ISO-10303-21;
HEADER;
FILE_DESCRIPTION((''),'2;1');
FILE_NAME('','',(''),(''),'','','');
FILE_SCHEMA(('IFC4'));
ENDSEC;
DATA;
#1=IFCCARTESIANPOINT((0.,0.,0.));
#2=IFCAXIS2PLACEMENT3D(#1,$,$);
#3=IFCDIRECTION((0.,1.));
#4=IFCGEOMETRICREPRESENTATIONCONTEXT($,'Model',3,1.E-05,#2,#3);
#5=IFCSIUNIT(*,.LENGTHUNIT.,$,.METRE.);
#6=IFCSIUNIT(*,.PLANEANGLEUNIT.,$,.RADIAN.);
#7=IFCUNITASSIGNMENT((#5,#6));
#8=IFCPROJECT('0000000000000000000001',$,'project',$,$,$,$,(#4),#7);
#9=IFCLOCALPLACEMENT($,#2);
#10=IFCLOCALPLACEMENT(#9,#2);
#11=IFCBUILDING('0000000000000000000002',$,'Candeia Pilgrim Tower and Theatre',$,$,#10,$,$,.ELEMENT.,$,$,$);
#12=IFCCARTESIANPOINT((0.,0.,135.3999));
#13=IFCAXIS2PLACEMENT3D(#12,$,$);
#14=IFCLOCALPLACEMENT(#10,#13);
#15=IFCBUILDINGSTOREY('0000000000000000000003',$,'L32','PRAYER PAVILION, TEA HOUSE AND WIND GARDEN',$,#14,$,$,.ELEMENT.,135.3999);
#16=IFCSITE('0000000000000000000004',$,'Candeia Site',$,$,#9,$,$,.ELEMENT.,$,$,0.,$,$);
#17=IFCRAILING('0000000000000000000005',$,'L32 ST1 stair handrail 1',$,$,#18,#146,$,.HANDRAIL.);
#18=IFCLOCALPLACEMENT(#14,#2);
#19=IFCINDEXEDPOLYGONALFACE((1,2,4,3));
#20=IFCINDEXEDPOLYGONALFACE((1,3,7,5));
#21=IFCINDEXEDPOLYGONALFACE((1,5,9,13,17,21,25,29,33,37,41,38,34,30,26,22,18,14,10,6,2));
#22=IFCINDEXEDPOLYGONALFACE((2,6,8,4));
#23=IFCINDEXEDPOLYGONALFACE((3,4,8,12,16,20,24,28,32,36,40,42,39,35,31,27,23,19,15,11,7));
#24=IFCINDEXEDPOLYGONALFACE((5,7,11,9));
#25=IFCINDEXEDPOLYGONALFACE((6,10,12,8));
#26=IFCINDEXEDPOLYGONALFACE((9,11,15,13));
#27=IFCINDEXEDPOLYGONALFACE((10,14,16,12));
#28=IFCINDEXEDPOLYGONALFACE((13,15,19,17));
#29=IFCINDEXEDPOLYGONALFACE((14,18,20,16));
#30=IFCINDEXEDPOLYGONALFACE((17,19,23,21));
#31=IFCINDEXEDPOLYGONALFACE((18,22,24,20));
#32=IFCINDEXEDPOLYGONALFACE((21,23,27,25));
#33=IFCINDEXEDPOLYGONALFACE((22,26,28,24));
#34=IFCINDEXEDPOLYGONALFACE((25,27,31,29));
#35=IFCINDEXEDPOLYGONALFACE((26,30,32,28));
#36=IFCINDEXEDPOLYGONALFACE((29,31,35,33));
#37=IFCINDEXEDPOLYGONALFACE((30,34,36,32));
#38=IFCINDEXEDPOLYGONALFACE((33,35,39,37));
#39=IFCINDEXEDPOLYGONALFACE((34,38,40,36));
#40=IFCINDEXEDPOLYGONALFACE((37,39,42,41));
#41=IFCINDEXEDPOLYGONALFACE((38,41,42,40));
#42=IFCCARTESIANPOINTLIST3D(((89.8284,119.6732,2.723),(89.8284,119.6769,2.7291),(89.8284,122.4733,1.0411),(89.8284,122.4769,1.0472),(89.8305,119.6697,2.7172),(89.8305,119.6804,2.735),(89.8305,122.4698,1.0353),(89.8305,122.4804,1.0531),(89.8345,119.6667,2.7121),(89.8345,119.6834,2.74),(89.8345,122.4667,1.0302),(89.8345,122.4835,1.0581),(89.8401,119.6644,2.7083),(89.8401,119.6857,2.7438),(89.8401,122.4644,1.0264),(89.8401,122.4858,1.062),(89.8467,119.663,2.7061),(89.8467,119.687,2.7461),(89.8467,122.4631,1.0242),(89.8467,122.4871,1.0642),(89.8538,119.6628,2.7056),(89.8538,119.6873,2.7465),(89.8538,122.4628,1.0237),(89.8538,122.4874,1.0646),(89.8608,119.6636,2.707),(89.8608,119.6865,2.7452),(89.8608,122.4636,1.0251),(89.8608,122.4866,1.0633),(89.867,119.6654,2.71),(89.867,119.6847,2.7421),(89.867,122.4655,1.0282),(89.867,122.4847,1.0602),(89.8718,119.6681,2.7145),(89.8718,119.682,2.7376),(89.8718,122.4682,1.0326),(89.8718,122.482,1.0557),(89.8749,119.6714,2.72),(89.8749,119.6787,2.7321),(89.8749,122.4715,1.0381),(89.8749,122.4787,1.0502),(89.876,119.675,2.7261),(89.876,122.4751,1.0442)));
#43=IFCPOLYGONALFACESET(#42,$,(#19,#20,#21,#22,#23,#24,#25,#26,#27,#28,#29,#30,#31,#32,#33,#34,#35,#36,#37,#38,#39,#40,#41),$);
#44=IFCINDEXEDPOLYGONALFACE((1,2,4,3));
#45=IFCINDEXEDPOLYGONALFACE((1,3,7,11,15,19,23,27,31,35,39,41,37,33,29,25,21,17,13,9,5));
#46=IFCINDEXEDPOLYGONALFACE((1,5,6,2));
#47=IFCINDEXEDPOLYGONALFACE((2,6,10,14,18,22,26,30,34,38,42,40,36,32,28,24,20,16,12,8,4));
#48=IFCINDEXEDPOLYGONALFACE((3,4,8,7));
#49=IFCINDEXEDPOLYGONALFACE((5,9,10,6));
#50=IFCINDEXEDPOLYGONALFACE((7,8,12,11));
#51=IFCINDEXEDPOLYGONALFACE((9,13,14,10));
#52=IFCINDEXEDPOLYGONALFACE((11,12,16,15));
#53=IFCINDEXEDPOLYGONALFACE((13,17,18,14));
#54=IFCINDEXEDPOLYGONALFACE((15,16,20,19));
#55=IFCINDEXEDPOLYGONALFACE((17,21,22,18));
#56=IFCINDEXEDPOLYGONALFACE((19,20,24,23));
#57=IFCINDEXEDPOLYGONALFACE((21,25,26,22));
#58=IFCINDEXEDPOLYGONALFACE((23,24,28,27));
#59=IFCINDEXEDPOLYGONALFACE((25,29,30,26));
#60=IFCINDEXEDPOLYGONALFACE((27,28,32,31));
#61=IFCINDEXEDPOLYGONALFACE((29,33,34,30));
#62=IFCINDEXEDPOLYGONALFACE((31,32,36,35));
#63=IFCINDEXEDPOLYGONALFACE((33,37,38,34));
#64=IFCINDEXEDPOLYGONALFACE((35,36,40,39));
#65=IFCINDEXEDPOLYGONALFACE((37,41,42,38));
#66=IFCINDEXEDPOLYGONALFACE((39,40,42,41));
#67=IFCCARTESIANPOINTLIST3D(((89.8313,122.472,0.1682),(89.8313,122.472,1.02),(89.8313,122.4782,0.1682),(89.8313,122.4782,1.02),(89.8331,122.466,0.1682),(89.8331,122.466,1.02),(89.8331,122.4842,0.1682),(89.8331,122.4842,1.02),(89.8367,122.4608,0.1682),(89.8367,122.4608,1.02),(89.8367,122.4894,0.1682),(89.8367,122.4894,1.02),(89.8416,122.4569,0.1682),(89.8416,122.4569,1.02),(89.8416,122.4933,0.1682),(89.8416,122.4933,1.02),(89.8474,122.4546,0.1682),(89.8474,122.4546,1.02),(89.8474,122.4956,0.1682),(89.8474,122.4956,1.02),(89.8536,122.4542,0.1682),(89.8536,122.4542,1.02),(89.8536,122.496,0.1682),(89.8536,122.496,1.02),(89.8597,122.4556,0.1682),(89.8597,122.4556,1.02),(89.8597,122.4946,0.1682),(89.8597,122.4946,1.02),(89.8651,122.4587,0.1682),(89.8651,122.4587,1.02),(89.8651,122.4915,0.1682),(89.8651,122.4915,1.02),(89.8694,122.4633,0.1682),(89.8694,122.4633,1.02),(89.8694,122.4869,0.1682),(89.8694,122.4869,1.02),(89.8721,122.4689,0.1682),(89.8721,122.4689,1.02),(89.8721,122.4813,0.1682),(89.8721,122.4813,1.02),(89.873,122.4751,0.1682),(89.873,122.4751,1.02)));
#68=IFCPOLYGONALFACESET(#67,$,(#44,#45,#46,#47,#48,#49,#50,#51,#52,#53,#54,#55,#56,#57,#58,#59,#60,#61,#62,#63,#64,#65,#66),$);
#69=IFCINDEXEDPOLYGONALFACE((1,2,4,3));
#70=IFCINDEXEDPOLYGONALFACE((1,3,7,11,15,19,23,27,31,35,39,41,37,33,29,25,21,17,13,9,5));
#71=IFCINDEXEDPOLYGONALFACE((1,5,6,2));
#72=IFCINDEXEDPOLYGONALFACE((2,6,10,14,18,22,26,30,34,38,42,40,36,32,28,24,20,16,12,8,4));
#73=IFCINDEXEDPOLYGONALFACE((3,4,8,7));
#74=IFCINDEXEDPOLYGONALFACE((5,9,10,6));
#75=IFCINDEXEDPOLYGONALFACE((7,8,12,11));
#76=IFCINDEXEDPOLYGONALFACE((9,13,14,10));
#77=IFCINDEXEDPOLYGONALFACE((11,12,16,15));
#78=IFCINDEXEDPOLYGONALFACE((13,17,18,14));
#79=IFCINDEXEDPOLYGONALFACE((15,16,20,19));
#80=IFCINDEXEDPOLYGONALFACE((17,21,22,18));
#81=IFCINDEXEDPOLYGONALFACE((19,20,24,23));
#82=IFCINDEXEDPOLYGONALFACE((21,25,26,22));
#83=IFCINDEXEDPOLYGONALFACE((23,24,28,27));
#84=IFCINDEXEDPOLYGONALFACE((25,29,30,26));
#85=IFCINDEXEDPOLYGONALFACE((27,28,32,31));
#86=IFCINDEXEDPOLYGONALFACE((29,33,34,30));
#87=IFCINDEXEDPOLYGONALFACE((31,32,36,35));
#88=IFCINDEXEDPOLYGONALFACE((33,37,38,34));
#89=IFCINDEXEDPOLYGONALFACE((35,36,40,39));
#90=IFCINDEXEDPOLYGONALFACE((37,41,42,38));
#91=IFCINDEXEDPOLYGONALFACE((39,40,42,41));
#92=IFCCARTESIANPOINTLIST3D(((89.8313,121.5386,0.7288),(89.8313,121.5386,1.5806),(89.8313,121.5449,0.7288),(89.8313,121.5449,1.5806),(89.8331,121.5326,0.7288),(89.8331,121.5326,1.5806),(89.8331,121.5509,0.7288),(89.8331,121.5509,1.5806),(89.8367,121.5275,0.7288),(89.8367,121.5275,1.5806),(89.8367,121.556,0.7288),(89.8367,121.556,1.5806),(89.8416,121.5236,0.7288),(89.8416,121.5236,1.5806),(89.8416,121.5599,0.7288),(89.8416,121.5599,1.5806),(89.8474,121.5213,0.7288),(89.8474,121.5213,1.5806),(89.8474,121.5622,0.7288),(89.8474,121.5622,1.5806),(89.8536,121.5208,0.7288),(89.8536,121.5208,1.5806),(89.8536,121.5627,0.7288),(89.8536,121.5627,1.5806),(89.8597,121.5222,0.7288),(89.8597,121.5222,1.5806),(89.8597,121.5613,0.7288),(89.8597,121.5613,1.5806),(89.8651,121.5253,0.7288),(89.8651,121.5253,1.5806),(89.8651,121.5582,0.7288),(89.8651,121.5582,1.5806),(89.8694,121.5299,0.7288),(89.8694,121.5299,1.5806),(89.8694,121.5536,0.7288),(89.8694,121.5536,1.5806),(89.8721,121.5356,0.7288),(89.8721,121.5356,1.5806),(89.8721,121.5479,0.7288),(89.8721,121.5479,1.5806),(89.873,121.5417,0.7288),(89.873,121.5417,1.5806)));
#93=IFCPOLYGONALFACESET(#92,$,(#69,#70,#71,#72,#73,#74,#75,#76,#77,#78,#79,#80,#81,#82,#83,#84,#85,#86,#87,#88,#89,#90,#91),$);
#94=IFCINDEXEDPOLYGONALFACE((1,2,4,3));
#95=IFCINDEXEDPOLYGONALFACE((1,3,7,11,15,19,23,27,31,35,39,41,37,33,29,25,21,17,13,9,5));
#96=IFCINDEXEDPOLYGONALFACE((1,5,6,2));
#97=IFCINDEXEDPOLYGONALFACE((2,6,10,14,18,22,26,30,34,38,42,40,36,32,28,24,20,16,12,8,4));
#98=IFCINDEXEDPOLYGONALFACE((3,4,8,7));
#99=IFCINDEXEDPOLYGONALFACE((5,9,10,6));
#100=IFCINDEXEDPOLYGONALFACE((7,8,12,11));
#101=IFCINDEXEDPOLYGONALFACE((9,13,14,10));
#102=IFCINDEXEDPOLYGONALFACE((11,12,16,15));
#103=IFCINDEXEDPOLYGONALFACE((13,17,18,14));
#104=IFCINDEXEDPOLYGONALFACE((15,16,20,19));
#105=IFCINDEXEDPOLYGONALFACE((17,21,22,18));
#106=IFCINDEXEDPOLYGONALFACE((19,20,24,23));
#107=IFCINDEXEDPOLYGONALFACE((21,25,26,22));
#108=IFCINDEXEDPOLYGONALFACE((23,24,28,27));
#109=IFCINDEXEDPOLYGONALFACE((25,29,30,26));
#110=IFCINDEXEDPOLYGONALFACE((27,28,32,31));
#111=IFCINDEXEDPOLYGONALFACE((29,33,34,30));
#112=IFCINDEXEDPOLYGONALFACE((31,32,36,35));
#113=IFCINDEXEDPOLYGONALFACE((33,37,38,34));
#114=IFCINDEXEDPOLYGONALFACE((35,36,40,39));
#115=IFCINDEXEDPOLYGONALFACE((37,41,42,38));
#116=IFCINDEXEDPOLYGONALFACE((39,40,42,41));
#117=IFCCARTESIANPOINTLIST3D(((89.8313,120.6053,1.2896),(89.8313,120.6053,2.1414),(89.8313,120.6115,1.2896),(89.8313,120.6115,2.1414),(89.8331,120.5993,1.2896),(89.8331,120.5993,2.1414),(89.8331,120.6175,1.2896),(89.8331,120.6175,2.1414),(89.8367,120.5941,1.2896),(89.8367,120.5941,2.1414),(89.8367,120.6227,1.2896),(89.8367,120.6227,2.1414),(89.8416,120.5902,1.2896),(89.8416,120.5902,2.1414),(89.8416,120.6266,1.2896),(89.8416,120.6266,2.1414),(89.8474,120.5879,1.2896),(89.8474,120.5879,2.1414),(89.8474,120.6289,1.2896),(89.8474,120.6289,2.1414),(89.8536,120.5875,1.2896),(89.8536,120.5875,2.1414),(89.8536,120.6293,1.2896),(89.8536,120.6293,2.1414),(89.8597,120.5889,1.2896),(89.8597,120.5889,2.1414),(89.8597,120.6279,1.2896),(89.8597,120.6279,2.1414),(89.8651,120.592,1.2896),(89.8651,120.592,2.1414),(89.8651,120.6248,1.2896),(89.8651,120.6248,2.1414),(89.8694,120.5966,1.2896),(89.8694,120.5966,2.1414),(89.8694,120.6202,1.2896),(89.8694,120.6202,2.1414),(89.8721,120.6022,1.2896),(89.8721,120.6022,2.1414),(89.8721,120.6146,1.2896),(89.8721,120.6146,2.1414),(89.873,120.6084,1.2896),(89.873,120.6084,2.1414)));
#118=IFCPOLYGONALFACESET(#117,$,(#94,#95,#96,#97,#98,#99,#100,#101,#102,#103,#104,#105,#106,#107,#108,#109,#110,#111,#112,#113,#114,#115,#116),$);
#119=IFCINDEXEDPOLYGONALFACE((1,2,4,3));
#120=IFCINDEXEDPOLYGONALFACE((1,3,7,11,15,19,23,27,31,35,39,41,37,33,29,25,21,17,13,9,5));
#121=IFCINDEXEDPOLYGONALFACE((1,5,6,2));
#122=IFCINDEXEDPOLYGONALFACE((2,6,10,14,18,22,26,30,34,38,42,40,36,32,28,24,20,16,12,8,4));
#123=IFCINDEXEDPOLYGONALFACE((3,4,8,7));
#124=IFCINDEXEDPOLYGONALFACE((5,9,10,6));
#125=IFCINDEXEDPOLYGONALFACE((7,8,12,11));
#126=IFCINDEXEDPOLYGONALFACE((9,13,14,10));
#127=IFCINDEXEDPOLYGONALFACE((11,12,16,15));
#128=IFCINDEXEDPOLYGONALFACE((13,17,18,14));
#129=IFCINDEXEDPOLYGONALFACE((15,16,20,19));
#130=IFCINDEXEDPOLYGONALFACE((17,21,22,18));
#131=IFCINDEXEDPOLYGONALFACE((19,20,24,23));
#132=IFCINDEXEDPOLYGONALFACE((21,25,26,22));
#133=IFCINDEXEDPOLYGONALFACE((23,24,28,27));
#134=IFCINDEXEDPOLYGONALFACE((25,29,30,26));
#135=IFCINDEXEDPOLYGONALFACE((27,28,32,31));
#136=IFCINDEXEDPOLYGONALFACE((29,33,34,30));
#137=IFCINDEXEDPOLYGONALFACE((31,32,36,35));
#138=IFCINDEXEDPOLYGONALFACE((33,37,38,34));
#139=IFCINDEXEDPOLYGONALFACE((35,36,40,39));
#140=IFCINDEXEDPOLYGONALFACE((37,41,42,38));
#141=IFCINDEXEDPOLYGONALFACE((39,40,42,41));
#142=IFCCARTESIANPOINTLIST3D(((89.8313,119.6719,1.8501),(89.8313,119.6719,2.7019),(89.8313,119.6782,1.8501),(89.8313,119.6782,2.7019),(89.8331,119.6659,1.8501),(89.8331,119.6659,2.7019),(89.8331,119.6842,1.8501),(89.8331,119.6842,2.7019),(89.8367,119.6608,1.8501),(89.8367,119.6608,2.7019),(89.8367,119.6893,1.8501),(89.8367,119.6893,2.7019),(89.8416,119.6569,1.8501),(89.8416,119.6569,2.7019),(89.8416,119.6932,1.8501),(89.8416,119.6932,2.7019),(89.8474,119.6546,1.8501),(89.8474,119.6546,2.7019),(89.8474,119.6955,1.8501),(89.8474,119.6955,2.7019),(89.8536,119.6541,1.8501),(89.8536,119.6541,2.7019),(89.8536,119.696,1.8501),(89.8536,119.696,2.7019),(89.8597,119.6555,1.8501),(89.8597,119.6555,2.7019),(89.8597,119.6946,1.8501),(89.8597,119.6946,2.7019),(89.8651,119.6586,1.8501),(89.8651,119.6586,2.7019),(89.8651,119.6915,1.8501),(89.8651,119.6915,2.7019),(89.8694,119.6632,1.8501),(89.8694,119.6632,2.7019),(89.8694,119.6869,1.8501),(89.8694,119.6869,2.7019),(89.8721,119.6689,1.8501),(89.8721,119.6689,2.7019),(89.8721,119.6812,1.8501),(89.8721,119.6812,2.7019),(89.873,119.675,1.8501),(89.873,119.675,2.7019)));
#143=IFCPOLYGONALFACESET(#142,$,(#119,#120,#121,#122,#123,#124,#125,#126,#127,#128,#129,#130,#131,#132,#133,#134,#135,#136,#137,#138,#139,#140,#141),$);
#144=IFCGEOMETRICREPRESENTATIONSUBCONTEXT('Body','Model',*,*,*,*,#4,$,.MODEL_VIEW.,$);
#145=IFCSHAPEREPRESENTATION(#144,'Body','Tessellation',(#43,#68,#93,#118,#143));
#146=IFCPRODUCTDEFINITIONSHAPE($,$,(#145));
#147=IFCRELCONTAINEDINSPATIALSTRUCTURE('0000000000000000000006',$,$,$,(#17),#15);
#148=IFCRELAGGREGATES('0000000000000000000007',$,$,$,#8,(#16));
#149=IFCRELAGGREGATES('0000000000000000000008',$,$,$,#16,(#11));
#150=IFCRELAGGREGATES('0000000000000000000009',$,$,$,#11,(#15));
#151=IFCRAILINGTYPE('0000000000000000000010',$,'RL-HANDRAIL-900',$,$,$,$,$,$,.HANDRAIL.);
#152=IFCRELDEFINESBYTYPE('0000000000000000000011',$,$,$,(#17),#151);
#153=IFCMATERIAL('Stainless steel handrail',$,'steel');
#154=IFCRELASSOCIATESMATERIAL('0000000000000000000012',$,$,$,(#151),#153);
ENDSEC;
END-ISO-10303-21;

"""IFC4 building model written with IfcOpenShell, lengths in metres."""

from ifc_helpers import new_model, si_unit, direction, frame, origin, origin_2d, place, context, subcontext, project, spatial, circle, extrude, material, type_object, element, save


model = new_model("IFC4")

# Units and contexts
model_context = context("Model", 3, precision=1e-05, world=origin(), true_north=direction((0.0, 1.0)))
body_context = subcontext(model_context, "Body", "Model", "MODEL_VIEW")
ifc_project = project(units=[si_unit("LENGTHUNIT", "METRE"), si_unit("PLANEANGLEUNIT", "RADIAN")], contexts=[model_context])

# Site, building, storey
site_placement = place(None, origin())
site = spatial("IfcSite", under=ifc_project, at=site_placement, Name="Candeia Site", CompositionType="ELEMENT", RefElevation=0.0)
building_placement = place(site_placement, origin())
building = spatial("IfcBuilding", under=site, at=building_placement, Name="Candeia Pilgrim Tower and Theatre", CompositionType="ELEMENT")
storey_placement = place(building_placement, frame((0.0, 0.0, 135.3999)))
storey = spatial("IfcBuildingStorey", under=building, at=storey_placement, Name="L32", Description="PRAYER PAVILION, TEA HOUSE AND WIND GARDEN", CompositionType="ELEMENT", Elevation=135.3999)

# Railing
ifc_material_1 = material(Name="Stainless steel handrail", Category="steel")
railing_type_1 = type_object("IfcRailingType", Name="RL-HANDRAIL-900", PredefinedType="HANDRAIL", material=ifc_material_1)
for number, where, name in (
    (1, (89.8521, 122.4751, 0.1682), "L32 ST1 stair handrail 1"),
):
    element("IfcRailing", number, at=place(storey_placement, frame(where)), inside=storey, type_object=railing_type_1, Name=name, PredefinedType="HANDRAIL", context=body_context, shape_type="SweptSolid", body=[
        extrude(circle(Radius=0.0239, at=origin_2d()), frame((0.0, 0.0, 0.876), z_axis=(0.0, -0.857242, 0.514913), x_axis=(1.0, 0.0, 0.0)), (0.0, 0.0, 1.0), 3.2664),
        extrude(circle(Radius=0.021, at=origin_2d()), origin(), (0.0, 0.0, 1.0), 0.8518),
        extrude(circle(Radius=0.021, at=origin_2d()), frame((0.0, -0.9333, 0.5605)), (0.0, 0.0, 1.0), 0.8518),
        extrude(circle(Radius=0.021, at=origin_2d()), frame((0.0, -1.8667, 1.1213)), (0.0, 0.0, 1.0), 0.8518),
        extrude(circle(Radius=0.021, at=origin_2d()), frame((0.0, -2.8, 1.6819)), (0.0, 0.0, 1.0), 0.8518),
    ])

save(model, "model.ifc")
